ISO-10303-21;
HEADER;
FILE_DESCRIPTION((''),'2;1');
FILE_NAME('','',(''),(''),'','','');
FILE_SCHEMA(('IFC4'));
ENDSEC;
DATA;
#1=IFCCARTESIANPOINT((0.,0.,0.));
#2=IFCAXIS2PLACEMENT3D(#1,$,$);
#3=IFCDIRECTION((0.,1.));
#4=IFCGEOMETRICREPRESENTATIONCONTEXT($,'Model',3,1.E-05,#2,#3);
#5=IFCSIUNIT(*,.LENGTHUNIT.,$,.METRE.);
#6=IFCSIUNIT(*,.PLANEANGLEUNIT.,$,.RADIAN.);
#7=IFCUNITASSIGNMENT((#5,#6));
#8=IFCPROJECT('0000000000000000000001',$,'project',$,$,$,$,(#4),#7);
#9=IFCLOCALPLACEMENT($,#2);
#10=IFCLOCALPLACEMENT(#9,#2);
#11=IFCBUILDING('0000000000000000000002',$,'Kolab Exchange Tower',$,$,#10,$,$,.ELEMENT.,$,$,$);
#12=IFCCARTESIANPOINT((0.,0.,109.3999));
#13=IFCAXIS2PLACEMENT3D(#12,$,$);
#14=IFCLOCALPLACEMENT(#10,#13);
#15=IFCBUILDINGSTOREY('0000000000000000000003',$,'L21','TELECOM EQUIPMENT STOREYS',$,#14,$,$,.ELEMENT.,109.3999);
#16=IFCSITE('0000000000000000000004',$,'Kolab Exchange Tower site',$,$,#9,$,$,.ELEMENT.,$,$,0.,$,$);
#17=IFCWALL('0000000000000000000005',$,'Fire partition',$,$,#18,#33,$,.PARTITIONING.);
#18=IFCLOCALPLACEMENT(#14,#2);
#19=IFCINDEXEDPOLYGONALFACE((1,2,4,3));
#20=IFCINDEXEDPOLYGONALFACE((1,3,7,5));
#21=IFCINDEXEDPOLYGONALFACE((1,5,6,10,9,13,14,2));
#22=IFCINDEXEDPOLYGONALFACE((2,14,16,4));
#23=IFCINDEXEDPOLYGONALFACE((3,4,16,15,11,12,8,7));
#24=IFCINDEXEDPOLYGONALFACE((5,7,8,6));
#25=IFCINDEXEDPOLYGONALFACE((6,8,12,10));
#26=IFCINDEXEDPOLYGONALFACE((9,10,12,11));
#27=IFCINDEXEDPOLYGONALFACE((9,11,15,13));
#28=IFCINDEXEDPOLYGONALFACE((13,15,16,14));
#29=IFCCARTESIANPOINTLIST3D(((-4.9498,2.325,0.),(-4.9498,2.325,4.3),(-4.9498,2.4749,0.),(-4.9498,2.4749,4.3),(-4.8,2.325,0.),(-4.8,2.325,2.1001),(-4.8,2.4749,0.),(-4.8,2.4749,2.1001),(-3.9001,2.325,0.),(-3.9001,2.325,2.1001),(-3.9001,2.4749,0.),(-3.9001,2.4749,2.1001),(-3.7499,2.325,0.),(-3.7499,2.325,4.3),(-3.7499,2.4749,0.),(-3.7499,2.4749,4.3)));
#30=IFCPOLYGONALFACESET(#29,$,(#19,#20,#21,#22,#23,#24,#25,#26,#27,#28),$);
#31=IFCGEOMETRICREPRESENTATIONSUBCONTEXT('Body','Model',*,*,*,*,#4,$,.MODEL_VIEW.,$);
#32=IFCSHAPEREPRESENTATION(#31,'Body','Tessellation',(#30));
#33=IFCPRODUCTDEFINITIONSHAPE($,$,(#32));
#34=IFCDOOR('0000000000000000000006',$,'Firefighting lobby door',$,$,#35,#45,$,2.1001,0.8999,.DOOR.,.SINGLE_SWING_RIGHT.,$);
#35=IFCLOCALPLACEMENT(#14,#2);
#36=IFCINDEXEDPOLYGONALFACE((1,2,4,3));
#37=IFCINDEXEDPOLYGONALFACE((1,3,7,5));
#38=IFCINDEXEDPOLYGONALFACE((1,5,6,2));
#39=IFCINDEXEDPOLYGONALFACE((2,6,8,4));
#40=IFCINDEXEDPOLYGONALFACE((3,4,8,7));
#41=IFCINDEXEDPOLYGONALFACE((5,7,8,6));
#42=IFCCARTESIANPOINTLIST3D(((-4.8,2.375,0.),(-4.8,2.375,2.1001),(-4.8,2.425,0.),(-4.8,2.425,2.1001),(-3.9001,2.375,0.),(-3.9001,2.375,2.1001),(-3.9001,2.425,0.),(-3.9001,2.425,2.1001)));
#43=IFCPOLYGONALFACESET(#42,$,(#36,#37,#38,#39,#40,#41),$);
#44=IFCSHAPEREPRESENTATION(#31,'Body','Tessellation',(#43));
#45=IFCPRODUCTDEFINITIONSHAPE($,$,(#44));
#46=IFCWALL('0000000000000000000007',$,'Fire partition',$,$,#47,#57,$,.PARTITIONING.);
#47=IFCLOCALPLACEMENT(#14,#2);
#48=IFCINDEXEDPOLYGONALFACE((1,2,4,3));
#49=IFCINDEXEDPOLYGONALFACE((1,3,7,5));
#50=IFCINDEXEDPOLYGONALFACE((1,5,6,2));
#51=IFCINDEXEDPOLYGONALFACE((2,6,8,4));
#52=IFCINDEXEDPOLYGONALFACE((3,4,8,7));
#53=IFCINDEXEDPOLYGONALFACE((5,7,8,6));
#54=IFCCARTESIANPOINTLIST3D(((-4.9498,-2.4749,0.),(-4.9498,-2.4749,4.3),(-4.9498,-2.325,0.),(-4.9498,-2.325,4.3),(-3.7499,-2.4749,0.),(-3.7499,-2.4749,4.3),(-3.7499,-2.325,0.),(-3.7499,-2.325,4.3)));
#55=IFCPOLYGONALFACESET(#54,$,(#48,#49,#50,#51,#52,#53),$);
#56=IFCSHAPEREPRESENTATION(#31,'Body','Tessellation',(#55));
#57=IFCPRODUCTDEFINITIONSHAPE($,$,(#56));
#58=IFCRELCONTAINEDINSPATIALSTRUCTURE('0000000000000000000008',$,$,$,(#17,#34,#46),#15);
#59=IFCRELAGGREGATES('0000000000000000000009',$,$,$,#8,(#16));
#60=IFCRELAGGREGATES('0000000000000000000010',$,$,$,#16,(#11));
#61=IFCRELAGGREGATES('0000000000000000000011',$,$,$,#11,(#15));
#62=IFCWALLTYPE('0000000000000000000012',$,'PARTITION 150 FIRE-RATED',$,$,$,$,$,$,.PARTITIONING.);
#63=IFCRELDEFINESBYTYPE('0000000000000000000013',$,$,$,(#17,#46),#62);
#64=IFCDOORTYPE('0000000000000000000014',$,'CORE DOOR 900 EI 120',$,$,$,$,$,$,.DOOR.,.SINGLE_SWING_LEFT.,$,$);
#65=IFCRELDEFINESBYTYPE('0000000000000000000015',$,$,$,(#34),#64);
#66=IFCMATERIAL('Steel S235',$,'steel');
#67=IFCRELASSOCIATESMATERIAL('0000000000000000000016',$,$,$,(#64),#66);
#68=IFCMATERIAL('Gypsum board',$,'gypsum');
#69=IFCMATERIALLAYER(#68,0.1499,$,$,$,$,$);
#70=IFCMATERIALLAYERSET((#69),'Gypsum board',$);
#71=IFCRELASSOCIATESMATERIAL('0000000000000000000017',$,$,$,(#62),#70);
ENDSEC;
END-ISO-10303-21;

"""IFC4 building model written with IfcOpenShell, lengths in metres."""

from ifc_helpers import new_model, si_unit, direction, frame, frame_2d, origin, place, context, subcontext, project, spatial, rectangle, extrude, material, layer, layer_set, type_object, element, fill, save


model = new_model("IFC4")

# Units and contexts
model_context = context("Model", 3, precision=1e-05, world=origin(), true_north=direction((0.0, 1.0)))
body_context = subcontext(model_context, "Body", "Model", "MODEL_VIEW")
ifc_project = project(units=[si_unit("LENGTHUNIT", "METRE"), si_unit("PLANEANGLEUNIT", "RADIAN")], contexts=[model_context])

# Site, building, storey
site_placement = place(None, origin())
site = spatial("IfcSite", under=ifc_project, at=site_placement, Name="Kolab Exchange Tower site", CompositionType="ELEMENT", RefElevation=0.0)
building_placement = place(site_placement, origin())
building = spatial("IfcBuilding", under=site, at=building_placement, Name="Kolab Exchange Tower", CompositionType="ELEMENT")
storey_placement = place(building_placement, frame((0.0, 0.0, 109.3999)))
storey = spatial("IfcBuildingStorey", under=building, at=storey_placement, Name="L21", Description="TELECOM EQUIPMENT STOREYS", CompositionType="ELEMENT", Elevation=109.3999)

# Shared definitions
ifc_material_1 = material(Name="Steel S235", Category="steel")
door_type = type_object("IfcDoorType", Name="CORE DOOR 900 EI 120", OperationType="SINGLE_SWING_LEFT", PredefinedType="DOOR", material=ifc_material_1)

# Wall, opening, door
ifc_material_2 = material(Name="Gypsum board", Category="gypsum")
ifc_layer_1 = layer(ifc_material_2, 0.1499)
ifc_layer_set_1 = layer_set([ifc_layer_1], Name="Gypsum board")
wall_type_1 = type_object("IfcWallType", Name="PARTITION 150 FIRE-RATED", PredefinedType="PARTITIONING", material=ifc_layer_set_1)
wall_1_placement = place(storey_placement, frame((-4.95, 2.3999, 0.0), z_axis=(0.0, 0.0, 1.0), x_axis=(1.0, 0.0, 0.0)))
wall_1 = element("IfcWall", 1, at=wall_1_placement, inside=storey, type_object=wall_type_1, Name="Fire partition", PredefinedType="PARTITIONING", context=body_context, shape_type="SweptSolid", body=[
    extrude(rectangle(XDim=1.2, YDim=0.1499, at=frame_2d((0.6001, 0.0))), origin(), (0.0, 0.0, 1.0), 4.3),
])
opening_1_placement = place(wall_1_placement, frame((0.1499, 0.0, 0.0)))
opening_1 = element("IfcOpeningElement", 2, at=opening_1_placement, cuts=wall_1, PredefinedType="OPENING", context=body_context, shape_type="SweptSolid", body=[
    extrude(rectangle(XDim=0.8999, YDim=2.1001, at=frame_2d((0.45, 1.05))), frame((0.0, 0.085, 0.0), z_axis=(0.0, -1.0, 0.0), x_axis=(1.0, 0.0, 0.0)), (0.0, 0.0, 1.0), 0.1699),
])
door_1_placement = place(opening_1_placement, frame((0.8999, 0.0, 0.0), z_axis=(0.0, 0.0, 1.0), x_axis=(-1.0, 0.0, 0.0)))
door_1 = element("IfcDoor", 3, at=door_1_placement, inside=storey, type_object=door_type, Name="Firefighting lobby door", OperationType="SINGLE_SWING_RIGHT", OverallHeight=2.1001, OverallWidth=0.8999, PredefinedType="DOOR", context=body_context, shape_type="SweptSolid", body=[
    extrude(rectangle(XDim=0.8999, YDim=2.1001, at=frame_2d((0.45, 1.05))), frame((0.0, 0.0249, 0.0), z_axis=(0.0, -1.0, 0.0), x_axis=(1.0, 0.0, 0.0)), (0.0, 0.0, 1.0), 0.05),
])
fill(opening_1, door_1)

# Wall
wall_2_placement = place(storey_placement, frame((-4.95, -2.3999, 0.0), z_axis=(0.0, 0.0, 1.0), x_axis=(1.0, 0.0, 0.0)))
element("IfcWall", 4, at=wall_2_placement, inside=storey, type_object=wall_type_1, Name="Fire partition", PredefinedType="PARTITIONING", context=body_context, shape_type="SweptSolid", body=[
    extrude(rectangle(XDim=1.2, YDim=0.1499, at=frame_2d((0.6001, 0.0))), origin(), (0.0, 0.0, 1.0), 4.3),
])

save(model, "model.ifc")
